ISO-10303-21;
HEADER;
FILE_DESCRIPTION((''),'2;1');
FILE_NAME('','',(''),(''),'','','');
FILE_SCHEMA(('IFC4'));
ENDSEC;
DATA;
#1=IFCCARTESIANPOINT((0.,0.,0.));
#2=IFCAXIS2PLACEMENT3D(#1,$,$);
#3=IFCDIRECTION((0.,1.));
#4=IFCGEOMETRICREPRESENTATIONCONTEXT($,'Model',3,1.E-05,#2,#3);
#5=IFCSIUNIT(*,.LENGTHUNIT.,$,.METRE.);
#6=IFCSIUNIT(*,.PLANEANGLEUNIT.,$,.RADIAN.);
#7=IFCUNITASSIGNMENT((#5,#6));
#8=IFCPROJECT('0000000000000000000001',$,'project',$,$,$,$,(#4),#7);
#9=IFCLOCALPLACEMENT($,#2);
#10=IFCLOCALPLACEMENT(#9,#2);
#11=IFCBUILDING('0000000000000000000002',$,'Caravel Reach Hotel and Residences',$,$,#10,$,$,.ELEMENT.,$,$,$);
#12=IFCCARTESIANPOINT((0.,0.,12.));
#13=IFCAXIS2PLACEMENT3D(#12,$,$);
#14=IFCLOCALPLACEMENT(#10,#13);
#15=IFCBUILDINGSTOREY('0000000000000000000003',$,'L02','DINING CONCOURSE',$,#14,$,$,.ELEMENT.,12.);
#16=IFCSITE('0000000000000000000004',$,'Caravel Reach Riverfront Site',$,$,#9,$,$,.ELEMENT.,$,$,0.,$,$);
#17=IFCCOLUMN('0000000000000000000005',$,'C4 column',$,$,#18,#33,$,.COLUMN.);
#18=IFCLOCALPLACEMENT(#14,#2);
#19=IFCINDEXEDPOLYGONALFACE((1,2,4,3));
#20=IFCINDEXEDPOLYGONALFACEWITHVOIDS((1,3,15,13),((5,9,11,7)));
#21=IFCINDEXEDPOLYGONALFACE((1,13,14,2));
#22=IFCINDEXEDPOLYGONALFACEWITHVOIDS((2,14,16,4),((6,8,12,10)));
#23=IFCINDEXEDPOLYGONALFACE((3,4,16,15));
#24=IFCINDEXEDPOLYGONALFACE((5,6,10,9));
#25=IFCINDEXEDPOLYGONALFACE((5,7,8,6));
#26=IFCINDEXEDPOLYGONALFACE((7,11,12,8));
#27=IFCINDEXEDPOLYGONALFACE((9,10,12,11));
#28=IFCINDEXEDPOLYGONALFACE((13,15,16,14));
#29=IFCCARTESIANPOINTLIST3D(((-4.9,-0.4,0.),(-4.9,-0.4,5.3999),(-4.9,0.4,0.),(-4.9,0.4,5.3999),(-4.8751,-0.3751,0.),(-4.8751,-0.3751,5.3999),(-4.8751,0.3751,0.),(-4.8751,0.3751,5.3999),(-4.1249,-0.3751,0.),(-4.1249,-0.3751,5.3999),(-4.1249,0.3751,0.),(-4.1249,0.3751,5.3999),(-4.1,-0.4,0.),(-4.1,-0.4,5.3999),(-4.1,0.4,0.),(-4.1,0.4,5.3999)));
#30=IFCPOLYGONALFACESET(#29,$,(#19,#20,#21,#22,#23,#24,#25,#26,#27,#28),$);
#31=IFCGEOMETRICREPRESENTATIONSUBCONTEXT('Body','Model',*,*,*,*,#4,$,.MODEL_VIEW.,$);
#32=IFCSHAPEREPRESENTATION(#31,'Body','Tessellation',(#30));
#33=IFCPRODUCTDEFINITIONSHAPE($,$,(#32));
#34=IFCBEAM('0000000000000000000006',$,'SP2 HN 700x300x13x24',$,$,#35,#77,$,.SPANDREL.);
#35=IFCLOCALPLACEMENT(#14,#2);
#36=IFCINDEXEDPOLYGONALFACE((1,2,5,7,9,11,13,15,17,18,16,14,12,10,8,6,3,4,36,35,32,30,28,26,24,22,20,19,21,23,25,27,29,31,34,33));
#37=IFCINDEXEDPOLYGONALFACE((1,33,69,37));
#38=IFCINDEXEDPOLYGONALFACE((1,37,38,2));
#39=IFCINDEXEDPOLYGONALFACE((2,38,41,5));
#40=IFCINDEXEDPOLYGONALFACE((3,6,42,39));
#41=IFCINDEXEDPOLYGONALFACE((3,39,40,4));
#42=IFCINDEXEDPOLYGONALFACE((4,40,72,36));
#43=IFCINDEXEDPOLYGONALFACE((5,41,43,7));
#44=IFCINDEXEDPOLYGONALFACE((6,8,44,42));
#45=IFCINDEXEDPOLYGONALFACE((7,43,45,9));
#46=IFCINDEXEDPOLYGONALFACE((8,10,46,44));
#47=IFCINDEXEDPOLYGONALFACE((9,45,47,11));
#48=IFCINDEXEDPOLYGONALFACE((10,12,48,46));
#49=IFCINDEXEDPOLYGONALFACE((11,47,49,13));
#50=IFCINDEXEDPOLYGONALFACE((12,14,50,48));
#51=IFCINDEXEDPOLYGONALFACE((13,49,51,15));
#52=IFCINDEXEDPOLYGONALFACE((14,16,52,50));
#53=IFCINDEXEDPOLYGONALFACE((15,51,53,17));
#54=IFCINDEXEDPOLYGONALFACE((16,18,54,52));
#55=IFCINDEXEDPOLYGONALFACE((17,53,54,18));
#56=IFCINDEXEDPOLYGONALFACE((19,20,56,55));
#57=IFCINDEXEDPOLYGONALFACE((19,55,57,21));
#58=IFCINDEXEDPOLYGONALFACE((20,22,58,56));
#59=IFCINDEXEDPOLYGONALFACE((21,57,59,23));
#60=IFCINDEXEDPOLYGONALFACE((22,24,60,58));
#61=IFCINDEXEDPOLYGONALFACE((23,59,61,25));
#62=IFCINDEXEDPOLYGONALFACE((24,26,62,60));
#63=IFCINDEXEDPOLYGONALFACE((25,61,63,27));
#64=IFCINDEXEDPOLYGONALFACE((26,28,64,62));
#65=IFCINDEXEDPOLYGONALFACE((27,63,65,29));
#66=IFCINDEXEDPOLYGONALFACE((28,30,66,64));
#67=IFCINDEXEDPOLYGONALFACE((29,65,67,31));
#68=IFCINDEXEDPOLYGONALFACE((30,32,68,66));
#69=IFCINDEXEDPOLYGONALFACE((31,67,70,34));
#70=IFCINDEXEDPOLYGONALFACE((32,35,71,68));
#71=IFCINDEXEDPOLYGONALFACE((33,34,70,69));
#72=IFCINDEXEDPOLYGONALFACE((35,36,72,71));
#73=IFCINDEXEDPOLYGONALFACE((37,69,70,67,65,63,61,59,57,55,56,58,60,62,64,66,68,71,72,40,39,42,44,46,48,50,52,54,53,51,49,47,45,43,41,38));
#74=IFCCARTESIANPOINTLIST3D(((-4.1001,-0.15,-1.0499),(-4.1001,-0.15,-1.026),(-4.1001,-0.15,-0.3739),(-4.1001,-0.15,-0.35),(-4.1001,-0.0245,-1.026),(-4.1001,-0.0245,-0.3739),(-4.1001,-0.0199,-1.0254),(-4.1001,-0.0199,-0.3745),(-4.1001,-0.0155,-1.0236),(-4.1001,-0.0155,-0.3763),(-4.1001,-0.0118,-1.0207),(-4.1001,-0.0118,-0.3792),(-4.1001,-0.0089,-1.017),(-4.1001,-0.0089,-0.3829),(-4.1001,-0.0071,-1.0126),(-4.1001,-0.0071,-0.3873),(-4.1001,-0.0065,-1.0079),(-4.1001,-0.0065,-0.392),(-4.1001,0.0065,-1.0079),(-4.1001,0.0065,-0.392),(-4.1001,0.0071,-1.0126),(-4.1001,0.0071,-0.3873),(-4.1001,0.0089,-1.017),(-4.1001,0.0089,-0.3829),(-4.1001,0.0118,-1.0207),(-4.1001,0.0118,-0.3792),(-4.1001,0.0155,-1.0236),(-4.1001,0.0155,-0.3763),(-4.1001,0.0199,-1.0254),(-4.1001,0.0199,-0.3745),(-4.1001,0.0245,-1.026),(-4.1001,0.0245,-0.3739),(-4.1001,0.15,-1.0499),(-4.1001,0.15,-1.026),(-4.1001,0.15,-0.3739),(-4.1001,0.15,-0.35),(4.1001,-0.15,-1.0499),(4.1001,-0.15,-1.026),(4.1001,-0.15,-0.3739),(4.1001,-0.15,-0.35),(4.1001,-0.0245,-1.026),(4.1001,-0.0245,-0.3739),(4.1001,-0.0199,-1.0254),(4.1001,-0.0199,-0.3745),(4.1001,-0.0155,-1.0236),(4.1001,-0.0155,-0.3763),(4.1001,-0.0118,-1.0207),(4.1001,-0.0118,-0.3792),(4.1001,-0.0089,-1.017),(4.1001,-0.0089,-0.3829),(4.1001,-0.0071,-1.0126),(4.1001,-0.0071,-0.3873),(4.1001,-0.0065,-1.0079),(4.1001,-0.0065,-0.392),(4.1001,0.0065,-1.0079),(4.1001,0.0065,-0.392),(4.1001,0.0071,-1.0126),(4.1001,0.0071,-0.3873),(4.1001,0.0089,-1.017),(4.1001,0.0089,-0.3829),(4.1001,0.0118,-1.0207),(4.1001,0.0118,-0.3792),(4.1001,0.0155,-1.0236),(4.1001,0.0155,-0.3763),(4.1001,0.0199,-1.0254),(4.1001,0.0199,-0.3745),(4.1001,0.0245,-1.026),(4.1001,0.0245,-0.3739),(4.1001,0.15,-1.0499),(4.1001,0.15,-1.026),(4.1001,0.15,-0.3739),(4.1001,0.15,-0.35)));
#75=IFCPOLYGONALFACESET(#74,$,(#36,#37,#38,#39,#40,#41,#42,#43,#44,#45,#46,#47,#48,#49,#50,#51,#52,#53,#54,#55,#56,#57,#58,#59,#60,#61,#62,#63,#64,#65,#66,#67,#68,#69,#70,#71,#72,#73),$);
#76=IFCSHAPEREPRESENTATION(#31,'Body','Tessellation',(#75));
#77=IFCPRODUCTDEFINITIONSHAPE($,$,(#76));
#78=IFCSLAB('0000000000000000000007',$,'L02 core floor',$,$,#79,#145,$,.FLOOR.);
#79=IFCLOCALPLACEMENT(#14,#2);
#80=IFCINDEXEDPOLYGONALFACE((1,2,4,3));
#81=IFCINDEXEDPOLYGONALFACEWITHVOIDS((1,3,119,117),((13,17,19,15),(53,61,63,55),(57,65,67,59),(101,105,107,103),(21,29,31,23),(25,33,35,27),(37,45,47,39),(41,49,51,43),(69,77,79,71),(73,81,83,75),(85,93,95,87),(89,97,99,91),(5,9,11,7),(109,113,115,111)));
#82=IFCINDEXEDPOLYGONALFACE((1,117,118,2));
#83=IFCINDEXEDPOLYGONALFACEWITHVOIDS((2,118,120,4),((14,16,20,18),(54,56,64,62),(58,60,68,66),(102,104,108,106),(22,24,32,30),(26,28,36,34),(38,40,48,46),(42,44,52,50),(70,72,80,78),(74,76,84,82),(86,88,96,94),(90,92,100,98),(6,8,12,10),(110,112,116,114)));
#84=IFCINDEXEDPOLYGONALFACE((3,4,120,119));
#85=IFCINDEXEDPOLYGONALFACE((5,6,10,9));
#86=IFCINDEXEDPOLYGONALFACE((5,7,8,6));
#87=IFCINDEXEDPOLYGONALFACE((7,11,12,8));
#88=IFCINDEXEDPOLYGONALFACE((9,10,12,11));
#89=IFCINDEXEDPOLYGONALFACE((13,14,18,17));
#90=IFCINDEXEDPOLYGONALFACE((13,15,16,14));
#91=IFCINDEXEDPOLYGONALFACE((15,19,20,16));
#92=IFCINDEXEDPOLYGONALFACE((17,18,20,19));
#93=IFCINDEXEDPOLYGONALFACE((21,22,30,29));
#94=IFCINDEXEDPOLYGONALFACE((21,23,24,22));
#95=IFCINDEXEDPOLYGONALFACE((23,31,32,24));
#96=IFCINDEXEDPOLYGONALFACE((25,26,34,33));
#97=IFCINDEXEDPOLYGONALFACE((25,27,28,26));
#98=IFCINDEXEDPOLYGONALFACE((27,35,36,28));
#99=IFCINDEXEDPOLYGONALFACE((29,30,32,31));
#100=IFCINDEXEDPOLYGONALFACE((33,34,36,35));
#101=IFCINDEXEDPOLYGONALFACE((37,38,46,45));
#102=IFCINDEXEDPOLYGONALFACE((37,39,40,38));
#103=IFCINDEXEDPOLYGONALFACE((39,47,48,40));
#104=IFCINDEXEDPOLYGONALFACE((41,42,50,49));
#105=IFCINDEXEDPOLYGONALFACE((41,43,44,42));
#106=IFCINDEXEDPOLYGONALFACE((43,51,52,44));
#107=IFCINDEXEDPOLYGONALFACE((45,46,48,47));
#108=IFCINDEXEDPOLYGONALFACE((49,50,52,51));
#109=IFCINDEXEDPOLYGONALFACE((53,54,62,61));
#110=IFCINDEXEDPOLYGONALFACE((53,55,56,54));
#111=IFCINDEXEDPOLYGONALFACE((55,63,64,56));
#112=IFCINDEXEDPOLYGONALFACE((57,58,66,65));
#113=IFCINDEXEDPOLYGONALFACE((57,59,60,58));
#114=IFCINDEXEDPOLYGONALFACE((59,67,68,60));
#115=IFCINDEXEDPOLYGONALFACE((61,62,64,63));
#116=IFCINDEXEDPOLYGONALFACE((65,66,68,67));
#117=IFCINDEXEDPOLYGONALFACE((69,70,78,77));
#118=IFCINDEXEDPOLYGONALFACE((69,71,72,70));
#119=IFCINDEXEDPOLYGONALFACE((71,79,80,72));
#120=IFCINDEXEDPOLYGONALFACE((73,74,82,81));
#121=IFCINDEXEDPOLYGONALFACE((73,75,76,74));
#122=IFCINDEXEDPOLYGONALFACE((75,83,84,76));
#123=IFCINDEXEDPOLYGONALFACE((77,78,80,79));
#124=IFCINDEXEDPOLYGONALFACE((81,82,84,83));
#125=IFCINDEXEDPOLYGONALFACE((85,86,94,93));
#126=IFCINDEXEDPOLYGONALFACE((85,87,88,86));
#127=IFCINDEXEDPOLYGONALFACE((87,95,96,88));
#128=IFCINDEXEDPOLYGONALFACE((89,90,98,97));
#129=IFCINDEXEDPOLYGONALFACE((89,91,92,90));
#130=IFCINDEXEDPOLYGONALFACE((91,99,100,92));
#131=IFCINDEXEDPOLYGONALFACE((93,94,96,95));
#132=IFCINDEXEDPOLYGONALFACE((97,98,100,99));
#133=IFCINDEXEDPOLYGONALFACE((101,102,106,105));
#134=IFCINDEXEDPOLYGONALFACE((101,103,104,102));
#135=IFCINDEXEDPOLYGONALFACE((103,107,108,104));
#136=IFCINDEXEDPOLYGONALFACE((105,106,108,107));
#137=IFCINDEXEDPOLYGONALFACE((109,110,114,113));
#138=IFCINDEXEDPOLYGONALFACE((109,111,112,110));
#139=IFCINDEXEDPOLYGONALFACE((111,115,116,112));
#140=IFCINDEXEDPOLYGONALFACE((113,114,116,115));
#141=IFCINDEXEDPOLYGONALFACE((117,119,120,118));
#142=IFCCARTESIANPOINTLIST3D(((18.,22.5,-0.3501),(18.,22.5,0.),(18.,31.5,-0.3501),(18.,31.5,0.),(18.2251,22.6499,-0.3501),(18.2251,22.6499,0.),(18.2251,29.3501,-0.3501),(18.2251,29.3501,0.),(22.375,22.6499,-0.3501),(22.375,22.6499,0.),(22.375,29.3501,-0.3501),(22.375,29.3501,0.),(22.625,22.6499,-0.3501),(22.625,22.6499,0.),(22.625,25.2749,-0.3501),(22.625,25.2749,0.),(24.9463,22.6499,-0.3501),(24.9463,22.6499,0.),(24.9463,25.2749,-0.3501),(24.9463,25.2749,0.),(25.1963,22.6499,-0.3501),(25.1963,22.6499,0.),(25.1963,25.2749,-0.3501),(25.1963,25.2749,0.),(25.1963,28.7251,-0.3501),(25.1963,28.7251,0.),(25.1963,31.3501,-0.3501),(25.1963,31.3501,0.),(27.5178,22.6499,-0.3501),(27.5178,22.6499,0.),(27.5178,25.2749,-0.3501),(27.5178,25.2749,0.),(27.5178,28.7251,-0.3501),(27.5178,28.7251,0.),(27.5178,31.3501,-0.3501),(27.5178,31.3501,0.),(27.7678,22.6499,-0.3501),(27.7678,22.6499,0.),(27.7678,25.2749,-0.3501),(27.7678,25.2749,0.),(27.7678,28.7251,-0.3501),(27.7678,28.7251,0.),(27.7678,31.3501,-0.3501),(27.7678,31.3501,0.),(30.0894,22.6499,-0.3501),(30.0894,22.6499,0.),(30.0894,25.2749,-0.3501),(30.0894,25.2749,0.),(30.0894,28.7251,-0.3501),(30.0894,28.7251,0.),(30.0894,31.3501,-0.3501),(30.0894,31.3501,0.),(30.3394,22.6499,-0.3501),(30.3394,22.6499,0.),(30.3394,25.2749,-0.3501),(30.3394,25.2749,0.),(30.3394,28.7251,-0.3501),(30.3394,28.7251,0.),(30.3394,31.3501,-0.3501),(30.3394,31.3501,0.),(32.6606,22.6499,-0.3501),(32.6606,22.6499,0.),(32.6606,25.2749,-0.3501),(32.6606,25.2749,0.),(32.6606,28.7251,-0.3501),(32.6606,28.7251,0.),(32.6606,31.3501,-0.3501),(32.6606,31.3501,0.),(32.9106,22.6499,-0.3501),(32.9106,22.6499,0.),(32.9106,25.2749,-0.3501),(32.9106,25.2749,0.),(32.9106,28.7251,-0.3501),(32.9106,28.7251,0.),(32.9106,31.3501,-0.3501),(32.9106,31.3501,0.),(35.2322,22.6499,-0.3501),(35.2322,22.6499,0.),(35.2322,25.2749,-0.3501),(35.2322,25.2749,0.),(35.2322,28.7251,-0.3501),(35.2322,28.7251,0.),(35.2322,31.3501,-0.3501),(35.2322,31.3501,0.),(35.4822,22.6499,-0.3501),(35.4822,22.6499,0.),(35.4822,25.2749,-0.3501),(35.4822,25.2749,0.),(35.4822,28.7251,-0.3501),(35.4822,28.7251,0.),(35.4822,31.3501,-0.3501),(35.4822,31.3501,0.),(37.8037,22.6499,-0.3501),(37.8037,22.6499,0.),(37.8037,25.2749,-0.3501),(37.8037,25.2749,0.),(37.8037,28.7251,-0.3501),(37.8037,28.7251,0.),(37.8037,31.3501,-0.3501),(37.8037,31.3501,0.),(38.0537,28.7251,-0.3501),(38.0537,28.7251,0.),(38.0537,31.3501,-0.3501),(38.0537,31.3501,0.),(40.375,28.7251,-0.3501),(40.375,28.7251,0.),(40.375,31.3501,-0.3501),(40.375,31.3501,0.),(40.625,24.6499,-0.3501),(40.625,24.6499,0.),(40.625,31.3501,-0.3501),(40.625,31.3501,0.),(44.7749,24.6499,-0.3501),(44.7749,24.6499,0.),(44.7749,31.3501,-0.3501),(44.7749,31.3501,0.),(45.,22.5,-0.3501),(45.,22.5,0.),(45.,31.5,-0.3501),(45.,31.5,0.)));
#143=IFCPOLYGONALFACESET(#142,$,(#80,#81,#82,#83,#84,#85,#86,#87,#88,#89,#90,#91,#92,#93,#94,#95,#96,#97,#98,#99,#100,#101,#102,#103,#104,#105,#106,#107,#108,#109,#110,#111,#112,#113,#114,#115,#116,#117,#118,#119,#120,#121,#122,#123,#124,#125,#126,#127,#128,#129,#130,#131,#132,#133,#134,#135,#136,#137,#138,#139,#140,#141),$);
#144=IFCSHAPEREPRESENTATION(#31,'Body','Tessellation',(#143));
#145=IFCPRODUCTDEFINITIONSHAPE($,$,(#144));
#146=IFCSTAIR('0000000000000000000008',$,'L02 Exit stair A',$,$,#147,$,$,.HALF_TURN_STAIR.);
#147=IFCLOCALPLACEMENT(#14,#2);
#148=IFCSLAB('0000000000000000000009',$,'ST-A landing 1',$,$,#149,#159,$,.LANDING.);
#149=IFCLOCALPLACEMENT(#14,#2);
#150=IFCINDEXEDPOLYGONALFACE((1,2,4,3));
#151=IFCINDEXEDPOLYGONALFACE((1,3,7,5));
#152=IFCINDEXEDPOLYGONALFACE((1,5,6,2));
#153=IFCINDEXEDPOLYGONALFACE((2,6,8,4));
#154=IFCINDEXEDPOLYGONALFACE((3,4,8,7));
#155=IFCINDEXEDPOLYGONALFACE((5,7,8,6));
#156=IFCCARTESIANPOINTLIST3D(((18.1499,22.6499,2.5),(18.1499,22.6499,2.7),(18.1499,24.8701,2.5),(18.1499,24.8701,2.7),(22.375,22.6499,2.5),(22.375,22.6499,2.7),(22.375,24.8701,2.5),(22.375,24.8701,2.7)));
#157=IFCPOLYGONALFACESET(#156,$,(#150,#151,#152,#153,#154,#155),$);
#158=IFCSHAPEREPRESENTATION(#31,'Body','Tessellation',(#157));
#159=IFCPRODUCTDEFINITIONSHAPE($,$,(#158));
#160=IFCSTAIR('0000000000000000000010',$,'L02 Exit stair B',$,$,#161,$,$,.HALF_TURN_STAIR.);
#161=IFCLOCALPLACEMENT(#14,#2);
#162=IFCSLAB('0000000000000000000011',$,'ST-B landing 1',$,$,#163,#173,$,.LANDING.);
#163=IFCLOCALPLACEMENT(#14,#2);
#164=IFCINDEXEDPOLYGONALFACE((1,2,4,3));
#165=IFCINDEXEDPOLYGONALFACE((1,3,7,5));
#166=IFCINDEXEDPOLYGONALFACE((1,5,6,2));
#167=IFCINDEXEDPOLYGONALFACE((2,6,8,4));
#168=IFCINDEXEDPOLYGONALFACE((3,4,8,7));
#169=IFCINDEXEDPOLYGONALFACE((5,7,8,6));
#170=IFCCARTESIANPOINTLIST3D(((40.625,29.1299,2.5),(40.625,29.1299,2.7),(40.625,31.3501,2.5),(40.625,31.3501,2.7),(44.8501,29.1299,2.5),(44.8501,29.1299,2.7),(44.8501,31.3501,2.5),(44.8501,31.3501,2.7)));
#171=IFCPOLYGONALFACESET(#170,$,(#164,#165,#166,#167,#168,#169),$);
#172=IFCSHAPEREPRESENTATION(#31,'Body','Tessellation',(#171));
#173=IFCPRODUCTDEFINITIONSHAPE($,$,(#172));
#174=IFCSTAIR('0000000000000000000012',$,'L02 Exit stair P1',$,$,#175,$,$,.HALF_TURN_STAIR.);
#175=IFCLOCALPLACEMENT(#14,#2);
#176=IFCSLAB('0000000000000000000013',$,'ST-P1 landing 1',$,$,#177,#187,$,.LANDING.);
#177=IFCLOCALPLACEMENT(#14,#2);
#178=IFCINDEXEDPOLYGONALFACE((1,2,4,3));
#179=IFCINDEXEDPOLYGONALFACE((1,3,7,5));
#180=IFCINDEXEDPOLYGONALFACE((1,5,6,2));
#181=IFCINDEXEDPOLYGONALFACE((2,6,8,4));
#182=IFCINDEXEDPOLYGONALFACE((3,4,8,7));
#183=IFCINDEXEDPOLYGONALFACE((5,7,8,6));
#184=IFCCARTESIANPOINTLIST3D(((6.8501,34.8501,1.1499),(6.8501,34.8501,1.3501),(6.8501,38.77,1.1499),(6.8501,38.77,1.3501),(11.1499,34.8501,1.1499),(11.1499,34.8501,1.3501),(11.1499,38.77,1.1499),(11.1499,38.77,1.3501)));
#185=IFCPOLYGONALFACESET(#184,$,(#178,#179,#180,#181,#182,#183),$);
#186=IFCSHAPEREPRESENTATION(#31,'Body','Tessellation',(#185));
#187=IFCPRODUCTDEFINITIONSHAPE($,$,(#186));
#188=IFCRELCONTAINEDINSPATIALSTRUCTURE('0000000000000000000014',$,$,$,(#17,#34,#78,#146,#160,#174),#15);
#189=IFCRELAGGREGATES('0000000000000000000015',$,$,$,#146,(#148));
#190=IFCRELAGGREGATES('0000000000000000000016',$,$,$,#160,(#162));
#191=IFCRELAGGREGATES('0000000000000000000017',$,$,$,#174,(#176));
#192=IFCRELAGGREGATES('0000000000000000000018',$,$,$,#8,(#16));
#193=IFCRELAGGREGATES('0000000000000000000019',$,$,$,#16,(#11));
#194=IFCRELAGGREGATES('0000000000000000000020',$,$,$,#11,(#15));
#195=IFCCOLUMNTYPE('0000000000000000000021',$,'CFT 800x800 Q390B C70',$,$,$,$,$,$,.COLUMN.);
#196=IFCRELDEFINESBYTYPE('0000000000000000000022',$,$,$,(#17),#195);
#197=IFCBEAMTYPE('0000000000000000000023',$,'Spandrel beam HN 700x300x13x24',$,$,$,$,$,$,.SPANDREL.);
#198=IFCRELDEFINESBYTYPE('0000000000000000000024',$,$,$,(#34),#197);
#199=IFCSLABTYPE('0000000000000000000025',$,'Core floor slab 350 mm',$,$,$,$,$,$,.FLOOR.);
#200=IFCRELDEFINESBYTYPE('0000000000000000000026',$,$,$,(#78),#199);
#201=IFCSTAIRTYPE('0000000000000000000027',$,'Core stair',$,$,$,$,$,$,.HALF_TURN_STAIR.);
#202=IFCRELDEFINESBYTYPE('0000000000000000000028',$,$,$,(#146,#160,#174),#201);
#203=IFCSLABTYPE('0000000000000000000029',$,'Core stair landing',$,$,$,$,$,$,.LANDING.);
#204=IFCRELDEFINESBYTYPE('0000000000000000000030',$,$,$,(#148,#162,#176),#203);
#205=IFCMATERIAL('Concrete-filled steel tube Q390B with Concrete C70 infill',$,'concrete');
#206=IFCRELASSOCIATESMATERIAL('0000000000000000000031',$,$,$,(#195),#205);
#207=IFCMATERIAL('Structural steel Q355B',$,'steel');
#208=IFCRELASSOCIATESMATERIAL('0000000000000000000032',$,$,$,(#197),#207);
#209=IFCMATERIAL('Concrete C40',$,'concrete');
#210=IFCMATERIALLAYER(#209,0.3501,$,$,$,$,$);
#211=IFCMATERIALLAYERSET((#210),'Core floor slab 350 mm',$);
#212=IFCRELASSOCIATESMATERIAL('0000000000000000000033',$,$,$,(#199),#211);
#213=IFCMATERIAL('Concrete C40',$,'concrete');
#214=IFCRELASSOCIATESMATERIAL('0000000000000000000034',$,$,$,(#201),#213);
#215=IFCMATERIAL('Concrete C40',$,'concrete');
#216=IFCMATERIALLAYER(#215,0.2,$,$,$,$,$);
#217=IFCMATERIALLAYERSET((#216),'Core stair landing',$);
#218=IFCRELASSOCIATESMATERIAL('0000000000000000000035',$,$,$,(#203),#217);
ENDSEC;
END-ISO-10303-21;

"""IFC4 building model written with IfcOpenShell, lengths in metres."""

from ifc_helpers import new_model, si_unit, direction, frame, origin, origin_2d, place, context, subcontext, project, spatial, polyline, hollow_rectangle, i_section, outline, extrude, material, layer, layer_set, material_profile, profile_set, type_object, element, aggregate, save


model = new_model("IFC4")

# Units and contexts
model_context = context("Model", 3, precision=1e-05, world=origin(), true_north=direction((0.0, 1.0)))
body_context = subcontext(model_context, "Body", "Model", "MODEL_VIEW")
ifc_project = project(units=[si_unit("LENGTHUNIT", "METRE"), si_unit("PLANEANGLEUNIT", "RADIAN")], contexts=[model_context])

# Site, building, storey
site_placement = place(None, origin())
site = spatial("IfcSite", under=ifc_project, at=site_placement, Name="Caravel Reach Riverfront Site", CompositionType="ELEMENT", RefElevation=0.0)
building_placement = place(site_placement, origin())
building = spatial("IfcBuilding", under=site, at=building_placement, Name="Caravel Reach Hotel and Residences", CompositionType="ELEMENT")
storey_placement = place(building_placement, frame((0.0, 0.0, 12.0)))
storey = spatial("IfcBuildingStorey", under=building, at=storey_placement, Name="L02", Description="DINING CONCOURSE", CompositionType="ELEMENT", Elevation=12.0)

# Column
ifc_material_1 = material(Name="Concrete-filled steel tube Q390B with Concrete C70 infill", Category="concrete")
ifc_material_profile_1 = material_profile(ifc_material_1, hollow_rectangle(XDim=0.8, YDim=0.8, WallThickness=0.0249, at=origin_2d()), Name="RHS 800x800x25")
ifc_profile_set_1 = profile_set([ifc_material_profile_1], Name="Concrete-filled steel tube Q390B with Concrete C70 infill")
column_type = type_object("IfcColumnType", Name="CFT 800x800 Q390B C70", PredefinedType="COLUMN", material=ifc_profile_set_1)
column_placement = place(storey_placement, frame((-4.5, 0.0, 0.0), z_axis=(0.0, 0.0, 1.0), x_axis=(1.0, 0.0, 0.0)))
element("IfcColumn", 1, at=column_placement, inside=storey, type_object=column_type, Name="C4 column", PredefinedType="COLUMN", context=body_context, shape_type="SweptSolid", body=[
    extrude(hollow_rectangle(XDim=0.8, YDim=0.8, WallThickness=0.0249, at=origin_2d()), origin(), (0.0, 0.0, 1.0), 5.3999),
])

# Beam
ifc_material_2 = material(Name="Structural steel Q355B", Category="steel")
ifc_material_profile_2 = material_profile(ifc_material_2, i_section(OverallWidth=0.3, OverallDepth=0.7, WebThickness=0.0129, FlangeThickness=0.0239, FilletRadius=0.0181, at=origin_2d()), Name="HN 700x300x13x24")
ifc_profile_set_2 = profile_set([ifc_material_profile_2], Name="Structural steel Q355B")
beam_type = type_object("IfcBeamType", Name="Spandrel beam HN 700x300x13x24", PredefinedType="SPANDREL", material=ifc_profile_set_2)
beam_placement = place(storey_placement, frame((-4.1001, 0.0, -0.7), z_axis=(1.0, 0.0, 0.0), x_axis=(0.0, 1.0, 0.0)))
element("IfcBeam", 2, at=beam_placement, inside=storey, type_object=beam_type, Name="SP2 HN 700x300x13x24", PredefinedType="SPANDREL", context=body_context, shape_type="SweptSolid", body=[
    extrude(i_section(OverallWidth=0.3, OverallDepth=0.7, WebThickness=0.0129, FlangeThickness=0.0239, FilletRadius=0.0181, at=origin_2d()), origin(), (0.0, 0.0, 1.0), 8.2002),
])

# Slab
ifc_material_3 = material(Name="Concrete C40", Category="concrete")
ifc_layer_1 = layer(ifc_material_3, 0.3501)
ifc_layer_set_1 = layer_set([ifc_layer_1], Name="Core floor slab 350 mm")
slab_type_1 = type_object("IfcSlabType", Name="Core floor slab 350 mm", PredefinedType="FLOOR", material=ifc_layer_set_1)
slab_1_placement = place(storey_placement, frame((0.0, 0.0, -0.3501)))
element("IfcSlab", 3, at=slab_1_placement, inside=storey, type_object=slab_type_1, Name="L02 core floor", PredefinedType="FLOOR", context=body_context, shape_type="SweptSolid", body=[
    extrude(outline(polyline([(18.0, 31.5), (45.0, 31.5), (45.0, 22.5), (18.0, 22.5), (18.0, 31.5)]), holes=[polyline([(22.625, 25.2749), (22.625, 22.6499), (24.9463, 22.6499), (24.9463, 25.2749), (22.625, 25.2749)]), polyline([(27.5178, 25.2749), (25.1963, 25.2749), (25.1963, 22.6499), (27.5178, 22.6499), (27.5178, 25.2749)]), polyline([(30.0894, 25.2749), (27.7678, 25.2749), (27.7678, 22.6499), (30.0894, 22.6499), (30.0894, 25.2749)]), polyline([(32.6606, 25.2749), (30.3394, 25.2749), (30.3394, 22.6499), (32.6606, 22.6499), (32.6606, 25.2749)]), polyline([(18.2251, 22.6499), (22.375, 22.6499), (22.375, 29.3501), (18.2251, 29.3501), (18.2251, 22.6499)]), polyline([(27.5178, 31.3501), (25.1963, 31.3501), (25.1963, 28.7251), (27.5178, 28.7251), (27.5178, 31.3501)]), polyline([(30.0894, 31.3501), (27.7678, 31.3501), (27.7678, 28.7251), (30.0894, 28.7251), (30.0894, 31.3501)]), polyline([(32.9106, 25.2749), (32.9106, 22.6499), (35.2322, 22.6499), (35.2322, 25.2749), (32.9106, 25.2749)]), polyline([(37.8037, 25.2749), (35.4822, 25.2749), (35.4822, 22.6499), (37.8037, 22.6499), (37.8037, 25.2749)]), polyline([(44.7749, 31.3501), (40.625, 31.3501), (40.625, 24.6499), (44.7749, 24.6499), (44.7749, 31.3501)]), polyline([(32.6606, 31.3501), (30.3394, 31.3501), (30.3394, 28.7251), (32.6606, 28.7251), (32.6606, 31.3501)]), polyline([(35.2322, 31.3501), (32.9106, 31.3501), (32.9106, 28.7251), (35.2322, 28.7251), (35.2322, 31.3501)]), polyline([(37.8037, 31.3501), (35.4822, 31.3501), (35.4822, 28.7251), (37.8037, 28.7251), (37.8037, 31.3501)]), polyline([(40.375, 31.3501), (38.0537, 31.3501), (38.0537, 28.7251), (40.375, 28.7251), (40.375, 31.3501)])]), origin(), (0.0, 0.0, 1.0), 0.3501),
])

# Stairs, slabs
ifc_material_4 = material(Name="Concrete C40", Category="concrete")
stair_type = type_object("IfcStairType", Name="Core stair", PredefinedType="HALF_TURN_STAIR", material=ifc_material_4)
stair_1_placement = place(storey_placement, origin())
stair_1 = element("IfcStair", 4, at=stair_1_placement, inside=storey, type_object=stair_type, Name="L02 Exit stair A", PredefinedType="HALF_TURN_STAIR")
ifc_material_5 = material(Name="Concrete C40", Category="concrete")
ifc_layer_2 = layer(ifc_material_5, 0.2)
ifc_layer_set_2 = layer_set([ifc_layer_2], Name="Core stair landing")
slab_type_2 = type_object("IfcSlabType", Name="Core stair landing", PredefinedType="LANDING", material=ifc_layer_set_2)
slab_2_placement = place(storey_placement, frame((0.0, 0.0, 2.5)))
slab_2 = element("IfcSlab", 5, at=slab_2_placement, type_object=slab_type_2, Name="ST-A landing 1", PredefinedType="LANDING", context=body_context, shape_type="SweptSolid", body=[
    extrude(outline(polyline([(18.1499, 24.8701), (18.1499, 22.6499), (22.375, 22.6499), (22.375, 24.8701), (18.1499, 24.8701)])), origin(), (0.0, 0.0, 1.0), 0.2),
])
aggregate(stair_1, [slab_2])
stair_2_placement = place(storey_placement, origin())
stair_2 = element("IfcStair", 6, at=stair_2_placement, inside=storey, type_object=stair_type, Name="L02 Exit stair B", PredefinedType="HALF_TURN_STAIR")
slab_3_placement = place(storey_placement, frame((0.0, 0.0, 2.5)))
slab_3 = element("IfcSlab", 7, at=slab_3_placement, type_object=slab_type_2, Name="ST-B landing 1", PredefinedType="LANDING", context=body_context, shape_type="SweptSolid", body=[
    extrude(outline(polyline([(44.8501, 29.1299), (44.8501, 31.3501), (40.625, 31.3501), (40.625, 29.1299), (44.8501, 29.1299)])), origin(), (0.0, 0.0, 1.0), 0.2),
])
aggregate(stair_2, [slab_3])

# Stair, slab
stair_3_placement = place(storey_placement, origin())
stair_3 = element("IfcStair", 8, at=stair_3_placement, inside=storey, type_object=stair_type, Name="L02 Exit stair P1", PredefinedType="HALF_TURN_STAIR")
slab_4_placement = place(storey_placement, frame((0.0, 0.0, 1.1499)))
slab_4 = element("IfcSlab", 9, at=slab_4_placement, type_object=slab_type_2, Name="ST-P1 landing 1", PredefinedType="LANDING", context=body_context, shape_type="SweptSolid", body=[
    extrude(outline(polyline([(6.8501, 38.77), (6.8501, 34.8501), (11.1499, 34.8501), (11.1499, 38.77), (6.8501, 38.77)])), origin(), (0.0, 0.0, 1.0), 0.2002),
])
aggregate(stair_3, [slab_4])

save(model, "model.ifc")
